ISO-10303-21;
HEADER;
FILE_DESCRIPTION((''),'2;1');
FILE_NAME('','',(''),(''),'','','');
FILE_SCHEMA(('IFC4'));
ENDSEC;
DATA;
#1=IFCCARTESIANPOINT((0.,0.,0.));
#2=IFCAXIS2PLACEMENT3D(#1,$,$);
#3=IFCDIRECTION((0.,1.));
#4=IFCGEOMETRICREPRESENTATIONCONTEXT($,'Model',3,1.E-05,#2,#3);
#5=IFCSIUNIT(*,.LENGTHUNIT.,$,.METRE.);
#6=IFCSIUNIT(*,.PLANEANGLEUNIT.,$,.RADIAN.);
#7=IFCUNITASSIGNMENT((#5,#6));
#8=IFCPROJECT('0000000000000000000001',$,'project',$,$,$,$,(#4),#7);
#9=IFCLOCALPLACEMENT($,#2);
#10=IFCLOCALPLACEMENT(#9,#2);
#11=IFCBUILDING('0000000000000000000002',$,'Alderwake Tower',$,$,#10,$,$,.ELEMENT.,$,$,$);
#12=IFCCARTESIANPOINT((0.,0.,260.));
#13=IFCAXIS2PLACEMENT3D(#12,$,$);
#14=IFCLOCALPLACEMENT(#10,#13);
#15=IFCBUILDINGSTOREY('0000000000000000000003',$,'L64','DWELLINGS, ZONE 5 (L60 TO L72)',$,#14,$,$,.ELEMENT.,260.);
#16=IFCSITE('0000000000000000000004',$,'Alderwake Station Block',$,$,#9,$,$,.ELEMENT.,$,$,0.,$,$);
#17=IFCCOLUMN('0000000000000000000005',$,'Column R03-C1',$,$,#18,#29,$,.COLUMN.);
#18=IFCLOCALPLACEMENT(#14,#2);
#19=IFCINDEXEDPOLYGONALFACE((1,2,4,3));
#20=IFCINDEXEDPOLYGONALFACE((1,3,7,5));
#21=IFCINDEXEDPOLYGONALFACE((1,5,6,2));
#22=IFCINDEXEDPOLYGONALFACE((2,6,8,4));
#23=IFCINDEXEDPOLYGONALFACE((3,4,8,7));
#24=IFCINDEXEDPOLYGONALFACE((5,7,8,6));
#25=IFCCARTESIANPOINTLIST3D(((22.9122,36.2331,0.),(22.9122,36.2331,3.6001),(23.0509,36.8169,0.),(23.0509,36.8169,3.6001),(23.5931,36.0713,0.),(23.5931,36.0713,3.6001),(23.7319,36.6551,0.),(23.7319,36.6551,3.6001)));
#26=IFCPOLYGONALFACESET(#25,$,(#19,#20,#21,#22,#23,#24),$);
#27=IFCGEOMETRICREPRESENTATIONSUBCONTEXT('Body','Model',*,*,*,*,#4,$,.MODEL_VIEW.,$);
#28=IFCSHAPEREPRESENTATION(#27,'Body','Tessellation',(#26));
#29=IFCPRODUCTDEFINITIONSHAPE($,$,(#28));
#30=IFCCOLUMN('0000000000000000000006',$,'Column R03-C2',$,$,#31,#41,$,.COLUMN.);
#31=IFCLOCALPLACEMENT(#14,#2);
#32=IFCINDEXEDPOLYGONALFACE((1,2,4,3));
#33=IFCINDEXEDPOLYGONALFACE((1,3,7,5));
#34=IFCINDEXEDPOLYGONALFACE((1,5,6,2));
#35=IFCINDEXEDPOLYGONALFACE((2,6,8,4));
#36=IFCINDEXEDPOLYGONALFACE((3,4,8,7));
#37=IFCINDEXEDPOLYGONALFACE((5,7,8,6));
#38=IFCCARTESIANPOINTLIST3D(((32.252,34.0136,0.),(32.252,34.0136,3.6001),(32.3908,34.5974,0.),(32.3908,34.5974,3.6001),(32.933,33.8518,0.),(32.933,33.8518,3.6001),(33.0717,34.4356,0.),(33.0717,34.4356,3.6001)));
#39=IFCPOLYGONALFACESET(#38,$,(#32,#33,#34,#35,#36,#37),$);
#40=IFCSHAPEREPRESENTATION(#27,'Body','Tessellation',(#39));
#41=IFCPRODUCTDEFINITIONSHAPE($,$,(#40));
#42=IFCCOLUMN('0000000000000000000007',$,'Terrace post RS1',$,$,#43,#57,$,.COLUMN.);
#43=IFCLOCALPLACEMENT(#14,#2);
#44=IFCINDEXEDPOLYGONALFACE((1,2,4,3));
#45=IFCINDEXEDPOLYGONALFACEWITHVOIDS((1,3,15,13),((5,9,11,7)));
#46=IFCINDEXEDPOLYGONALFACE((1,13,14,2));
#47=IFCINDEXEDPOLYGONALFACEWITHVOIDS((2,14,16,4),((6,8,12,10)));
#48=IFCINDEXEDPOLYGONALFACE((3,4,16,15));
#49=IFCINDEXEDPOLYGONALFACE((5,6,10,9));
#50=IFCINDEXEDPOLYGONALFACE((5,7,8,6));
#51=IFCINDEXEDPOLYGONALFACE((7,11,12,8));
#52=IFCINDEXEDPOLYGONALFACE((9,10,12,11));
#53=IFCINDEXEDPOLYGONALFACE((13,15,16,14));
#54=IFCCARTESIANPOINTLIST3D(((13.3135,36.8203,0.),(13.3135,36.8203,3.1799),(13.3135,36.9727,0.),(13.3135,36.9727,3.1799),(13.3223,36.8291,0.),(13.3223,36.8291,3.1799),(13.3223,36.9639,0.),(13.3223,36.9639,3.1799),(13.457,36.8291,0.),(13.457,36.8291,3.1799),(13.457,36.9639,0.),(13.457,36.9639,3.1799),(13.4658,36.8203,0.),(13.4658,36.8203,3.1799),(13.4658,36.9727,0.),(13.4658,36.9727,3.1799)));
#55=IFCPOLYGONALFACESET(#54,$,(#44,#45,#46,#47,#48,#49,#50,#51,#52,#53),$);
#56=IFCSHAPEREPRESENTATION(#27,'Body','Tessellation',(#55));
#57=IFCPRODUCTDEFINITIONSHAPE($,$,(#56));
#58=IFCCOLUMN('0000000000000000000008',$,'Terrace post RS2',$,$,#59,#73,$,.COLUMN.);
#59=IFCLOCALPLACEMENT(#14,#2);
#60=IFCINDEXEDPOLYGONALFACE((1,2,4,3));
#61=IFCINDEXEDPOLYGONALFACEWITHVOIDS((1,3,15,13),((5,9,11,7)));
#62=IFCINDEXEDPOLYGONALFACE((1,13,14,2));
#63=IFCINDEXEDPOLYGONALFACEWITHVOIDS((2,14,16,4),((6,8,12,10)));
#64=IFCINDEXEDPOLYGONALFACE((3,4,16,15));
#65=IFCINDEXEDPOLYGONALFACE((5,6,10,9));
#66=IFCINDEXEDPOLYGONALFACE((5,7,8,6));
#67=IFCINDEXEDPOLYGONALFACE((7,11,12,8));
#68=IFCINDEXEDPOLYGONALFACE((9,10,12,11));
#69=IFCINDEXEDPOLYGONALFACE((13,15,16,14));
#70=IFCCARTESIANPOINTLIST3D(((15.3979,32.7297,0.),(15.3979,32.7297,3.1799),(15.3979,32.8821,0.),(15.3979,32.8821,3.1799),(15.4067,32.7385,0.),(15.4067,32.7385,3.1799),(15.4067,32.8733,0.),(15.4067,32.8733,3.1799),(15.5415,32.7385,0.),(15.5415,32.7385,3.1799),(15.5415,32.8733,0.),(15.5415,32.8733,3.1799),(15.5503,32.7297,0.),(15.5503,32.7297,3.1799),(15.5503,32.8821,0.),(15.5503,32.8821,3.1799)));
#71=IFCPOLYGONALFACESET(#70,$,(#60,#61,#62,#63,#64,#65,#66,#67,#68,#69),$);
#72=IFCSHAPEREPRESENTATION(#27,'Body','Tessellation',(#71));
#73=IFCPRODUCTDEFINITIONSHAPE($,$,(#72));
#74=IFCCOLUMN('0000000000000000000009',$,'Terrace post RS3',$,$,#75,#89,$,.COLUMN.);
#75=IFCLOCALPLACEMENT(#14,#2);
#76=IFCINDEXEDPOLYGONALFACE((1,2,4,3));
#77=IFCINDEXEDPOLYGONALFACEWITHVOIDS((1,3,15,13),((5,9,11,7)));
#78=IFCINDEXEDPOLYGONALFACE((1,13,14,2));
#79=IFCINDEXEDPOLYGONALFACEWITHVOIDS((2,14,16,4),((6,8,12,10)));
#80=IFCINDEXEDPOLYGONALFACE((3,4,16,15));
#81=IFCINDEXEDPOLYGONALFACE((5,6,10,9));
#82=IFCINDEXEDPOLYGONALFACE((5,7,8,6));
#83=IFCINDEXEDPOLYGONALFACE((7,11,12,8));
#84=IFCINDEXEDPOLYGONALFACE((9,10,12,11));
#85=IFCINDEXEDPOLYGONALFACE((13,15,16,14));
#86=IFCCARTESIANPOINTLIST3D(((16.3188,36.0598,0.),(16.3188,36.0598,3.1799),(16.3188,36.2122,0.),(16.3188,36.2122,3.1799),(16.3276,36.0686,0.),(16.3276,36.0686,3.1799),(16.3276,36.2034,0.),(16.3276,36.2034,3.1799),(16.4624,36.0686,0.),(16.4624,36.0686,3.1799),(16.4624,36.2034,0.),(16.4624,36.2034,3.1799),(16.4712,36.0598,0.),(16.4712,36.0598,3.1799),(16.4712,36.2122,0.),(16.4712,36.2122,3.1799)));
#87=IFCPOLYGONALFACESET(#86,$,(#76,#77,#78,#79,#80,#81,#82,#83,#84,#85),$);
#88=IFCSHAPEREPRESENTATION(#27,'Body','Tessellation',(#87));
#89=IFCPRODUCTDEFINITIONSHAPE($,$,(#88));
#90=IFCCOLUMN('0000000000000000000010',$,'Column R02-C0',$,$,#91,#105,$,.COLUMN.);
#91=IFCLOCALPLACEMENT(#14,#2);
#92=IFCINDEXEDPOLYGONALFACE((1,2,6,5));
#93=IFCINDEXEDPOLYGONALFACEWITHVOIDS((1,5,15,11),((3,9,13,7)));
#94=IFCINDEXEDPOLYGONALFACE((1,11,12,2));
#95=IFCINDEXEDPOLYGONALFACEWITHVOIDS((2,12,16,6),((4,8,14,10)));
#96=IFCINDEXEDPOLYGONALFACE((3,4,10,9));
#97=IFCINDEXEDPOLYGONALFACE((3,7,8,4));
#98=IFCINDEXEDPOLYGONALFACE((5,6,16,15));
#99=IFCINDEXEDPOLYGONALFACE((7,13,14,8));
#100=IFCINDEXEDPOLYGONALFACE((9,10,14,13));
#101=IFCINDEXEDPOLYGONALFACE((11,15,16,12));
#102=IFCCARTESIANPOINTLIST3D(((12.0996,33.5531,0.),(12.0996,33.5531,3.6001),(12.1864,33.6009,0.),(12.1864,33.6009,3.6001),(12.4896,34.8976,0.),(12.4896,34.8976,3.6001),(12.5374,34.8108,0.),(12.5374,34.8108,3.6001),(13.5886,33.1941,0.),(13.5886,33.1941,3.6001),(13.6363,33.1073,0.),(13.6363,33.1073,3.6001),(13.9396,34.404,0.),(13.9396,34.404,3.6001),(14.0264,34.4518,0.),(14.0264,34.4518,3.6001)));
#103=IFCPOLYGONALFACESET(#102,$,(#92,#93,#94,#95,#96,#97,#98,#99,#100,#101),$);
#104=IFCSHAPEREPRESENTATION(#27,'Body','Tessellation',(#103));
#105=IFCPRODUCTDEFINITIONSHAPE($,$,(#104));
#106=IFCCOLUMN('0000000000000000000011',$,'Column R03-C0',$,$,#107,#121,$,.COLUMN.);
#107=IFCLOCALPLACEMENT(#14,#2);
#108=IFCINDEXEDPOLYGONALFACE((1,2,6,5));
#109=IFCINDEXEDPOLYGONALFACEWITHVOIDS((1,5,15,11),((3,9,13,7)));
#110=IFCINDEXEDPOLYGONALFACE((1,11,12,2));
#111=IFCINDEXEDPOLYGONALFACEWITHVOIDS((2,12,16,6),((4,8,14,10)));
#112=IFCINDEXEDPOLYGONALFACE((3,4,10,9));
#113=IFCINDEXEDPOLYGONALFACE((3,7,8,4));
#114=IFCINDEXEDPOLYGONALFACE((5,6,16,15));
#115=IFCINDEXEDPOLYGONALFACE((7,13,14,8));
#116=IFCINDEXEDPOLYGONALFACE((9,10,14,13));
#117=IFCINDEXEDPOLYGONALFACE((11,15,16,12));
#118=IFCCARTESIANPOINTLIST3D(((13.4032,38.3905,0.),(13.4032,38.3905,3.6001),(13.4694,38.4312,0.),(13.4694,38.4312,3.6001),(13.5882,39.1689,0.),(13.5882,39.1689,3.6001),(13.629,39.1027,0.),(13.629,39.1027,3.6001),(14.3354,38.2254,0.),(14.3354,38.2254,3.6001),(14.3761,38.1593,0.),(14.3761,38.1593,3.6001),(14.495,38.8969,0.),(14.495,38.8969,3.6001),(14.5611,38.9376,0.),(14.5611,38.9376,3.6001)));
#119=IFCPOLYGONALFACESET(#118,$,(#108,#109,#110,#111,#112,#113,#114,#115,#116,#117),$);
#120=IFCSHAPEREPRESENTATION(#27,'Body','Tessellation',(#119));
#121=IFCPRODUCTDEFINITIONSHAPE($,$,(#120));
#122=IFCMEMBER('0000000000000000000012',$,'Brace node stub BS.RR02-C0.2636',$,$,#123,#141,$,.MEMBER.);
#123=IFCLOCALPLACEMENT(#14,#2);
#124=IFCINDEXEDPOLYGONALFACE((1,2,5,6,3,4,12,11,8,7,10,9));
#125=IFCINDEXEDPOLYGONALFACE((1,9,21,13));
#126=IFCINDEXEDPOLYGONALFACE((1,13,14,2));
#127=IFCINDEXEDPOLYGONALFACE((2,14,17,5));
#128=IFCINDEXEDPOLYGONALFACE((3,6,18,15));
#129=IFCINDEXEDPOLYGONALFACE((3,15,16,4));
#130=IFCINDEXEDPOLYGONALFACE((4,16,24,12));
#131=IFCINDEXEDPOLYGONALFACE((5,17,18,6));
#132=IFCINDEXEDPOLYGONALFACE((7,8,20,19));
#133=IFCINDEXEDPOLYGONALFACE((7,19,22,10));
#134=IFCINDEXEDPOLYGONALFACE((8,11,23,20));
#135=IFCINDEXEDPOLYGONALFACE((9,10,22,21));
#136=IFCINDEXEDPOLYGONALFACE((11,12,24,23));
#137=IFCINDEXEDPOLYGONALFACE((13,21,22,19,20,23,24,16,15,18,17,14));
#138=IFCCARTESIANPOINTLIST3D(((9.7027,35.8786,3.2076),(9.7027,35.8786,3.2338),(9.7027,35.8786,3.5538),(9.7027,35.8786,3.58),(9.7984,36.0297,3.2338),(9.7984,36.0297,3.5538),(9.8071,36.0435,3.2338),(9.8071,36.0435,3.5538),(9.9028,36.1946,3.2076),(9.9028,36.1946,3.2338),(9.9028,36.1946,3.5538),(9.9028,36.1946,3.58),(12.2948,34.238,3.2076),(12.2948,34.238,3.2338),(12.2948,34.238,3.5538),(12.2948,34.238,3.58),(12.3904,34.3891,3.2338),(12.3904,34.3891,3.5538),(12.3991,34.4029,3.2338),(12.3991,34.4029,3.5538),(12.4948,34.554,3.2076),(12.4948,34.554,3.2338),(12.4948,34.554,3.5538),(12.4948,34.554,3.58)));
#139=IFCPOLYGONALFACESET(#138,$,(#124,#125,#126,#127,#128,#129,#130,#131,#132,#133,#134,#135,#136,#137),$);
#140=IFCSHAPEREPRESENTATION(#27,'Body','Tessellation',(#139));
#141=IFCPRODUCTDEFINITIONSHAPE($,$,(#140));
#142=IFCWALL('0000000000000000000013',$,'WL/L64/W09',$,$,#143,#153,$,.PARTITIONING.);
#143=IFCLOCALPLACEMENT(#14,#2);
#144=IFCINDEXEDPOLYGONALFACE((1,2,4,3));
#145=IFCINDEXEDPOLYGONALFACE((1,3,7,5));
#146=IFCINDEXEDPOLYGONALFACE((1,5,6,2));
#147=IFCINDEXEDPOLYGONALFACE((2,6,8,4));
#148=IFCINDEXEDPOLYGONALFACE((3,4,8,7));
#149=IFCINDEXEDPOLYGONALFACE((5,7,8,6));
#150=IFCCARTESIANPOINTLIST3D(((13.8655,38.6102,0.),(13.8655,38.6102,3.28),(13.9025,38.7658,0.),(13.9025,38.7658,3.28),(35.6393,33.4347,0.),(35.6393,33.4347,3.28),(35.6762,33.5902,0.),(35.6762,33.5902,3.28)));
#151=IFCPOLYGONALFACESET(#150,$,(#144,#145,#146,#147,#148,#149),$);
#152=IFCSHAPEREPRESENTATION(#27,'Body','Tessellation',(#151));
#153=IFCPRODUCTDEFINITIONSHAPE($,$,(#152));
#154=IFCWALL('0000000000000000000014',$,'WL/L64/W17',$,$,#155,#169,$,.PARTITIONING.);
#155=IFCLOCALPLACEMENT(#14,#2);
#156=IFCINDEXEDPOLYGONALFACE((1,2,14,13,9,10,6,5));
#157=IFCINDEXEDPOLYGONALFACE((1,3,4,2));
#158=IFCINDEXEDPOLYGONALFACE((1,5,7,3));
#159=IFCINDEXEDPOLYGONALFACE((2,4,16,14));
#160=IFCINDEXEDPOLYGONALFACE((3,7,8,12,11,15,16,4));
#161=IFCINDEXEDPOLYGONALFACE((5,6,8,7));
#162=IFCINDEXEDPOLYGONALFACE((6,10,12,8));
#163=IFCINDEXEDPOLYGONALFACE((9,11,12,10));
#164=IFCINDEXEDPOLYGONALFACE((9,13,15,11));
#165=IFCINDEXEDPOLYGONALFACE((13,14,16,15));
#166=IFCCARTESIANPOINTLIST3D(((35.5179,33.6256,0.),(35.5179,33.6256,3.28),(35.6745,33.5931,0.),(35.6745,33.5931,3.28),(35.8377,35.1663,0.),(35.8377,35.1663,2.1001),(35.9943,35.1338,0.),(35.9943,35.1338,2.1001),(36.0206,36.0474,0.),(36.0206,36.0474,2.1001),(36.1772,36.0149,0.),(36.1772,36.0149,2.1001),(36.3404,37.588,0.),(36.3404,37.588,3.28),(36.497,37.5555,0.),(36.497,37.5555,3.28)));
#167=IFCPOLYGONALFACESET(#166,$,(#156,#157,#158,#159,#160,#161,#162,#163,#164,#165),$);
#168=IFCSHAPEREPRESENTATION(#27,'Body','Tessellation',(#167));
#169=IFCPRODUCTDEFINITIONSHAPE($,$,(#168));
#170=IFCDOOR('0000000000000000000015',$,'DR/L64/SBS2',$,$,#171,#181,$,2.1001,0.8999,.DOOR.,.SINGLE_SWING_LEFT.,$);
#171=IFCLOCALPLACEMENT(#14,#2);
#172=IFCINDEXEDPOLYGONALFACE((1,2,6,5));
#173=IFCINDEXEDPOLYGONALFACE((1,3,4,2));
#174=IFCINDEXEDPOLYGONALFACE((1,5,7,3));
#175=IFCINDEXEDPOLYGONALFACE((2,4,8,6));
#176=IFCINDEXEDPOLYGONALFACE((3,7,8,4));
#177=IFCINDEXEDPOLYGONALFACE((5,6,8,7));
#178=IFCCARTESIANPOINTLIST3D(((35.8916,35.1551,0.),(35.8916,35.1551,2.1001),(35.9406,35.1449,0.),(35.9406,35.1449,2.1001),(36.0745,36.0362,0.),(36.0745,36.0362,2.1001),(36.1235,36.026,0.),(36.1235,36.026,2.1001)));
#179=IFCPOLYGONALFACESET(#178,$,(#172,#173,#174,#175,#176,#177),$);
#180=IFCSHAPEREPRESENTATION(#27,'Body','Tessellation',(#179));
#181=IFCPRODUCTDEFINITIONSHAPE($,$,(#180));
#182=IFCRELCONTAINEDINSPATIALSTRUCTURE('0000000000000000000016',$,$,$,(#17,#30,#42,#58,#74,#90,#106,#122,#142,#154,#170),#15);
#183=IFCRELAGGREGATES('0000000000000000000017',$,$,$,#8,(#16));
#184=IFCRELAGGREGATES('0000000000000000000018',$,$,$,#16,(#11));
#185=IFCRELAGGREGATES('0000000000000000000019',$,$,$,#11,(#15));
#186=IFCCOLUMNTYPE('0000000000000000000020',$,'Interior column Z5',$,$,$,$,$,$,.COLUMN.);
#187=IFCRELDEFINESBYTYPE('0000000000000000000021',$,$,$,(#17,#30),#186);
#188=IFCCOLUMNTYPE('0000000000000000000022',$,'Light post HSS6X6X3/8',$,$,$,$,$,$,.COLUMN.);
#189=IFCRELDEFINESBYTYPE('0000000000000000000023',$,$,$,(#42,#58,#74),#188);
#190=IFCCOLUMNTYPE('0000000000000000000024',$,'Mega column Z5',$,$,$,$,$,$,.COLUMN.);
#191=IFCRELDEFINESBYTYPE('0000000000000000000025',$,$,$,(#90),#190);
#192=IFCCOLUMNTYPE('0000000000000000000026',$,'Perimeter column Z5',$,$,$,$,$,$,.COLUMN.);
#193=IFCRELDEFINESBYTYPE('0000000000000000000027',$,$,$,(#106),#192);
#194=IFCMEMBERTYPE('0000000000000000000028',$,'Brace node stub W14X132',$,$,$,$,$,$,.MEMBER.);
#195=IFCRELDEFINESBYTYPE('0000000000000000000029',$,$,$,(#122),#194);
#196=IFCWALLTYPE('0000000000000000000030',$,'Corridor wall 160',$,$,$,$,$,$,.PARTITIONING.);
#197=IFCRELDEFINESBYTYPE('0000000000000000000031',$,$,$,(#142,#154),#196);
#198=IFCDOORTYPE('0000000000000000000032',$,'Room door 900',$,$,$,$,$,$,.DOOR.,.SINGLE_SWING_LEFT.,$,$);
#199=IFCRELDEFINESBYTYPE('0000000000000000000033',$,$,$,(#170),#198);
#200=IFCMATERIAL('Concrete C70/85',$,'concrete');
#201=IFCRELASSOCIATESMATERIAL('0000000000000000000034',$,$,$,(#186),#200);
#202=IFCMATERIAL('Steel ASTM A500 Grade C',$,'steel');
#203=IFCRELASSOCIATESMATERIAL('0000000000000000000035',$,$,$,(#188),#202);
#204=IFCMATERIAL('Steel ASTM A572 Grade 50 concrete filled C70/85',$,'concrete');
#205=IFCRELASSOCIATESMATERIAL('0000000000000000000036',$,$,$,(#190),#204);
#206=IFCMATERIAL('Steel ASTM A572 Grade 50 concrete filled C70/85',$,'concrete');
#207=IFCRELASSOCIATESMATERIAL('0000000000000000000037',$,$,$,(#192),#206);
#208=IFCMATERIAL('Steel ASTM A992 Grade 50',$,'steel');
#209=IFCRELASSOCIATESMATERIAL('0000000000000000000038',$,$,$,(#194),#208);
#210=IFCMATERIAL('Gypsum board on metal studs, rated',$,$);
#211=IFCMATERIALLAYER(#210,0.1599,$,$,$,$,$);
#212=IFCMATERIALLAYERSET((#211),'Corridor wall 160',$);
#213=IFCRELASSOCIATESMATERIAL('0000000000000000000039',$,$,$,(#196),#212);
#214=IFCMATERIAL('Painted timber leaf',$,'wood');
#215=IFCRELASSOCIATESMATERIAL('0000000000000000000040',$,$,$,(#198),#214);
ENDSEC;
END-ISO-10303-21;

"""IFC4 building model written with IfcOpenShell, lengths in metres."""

from ifc_helpers import new_model, si_unit, direction, frame, frame_2d, origin, origin_2d, place, context, subcontext, project, spatial, rectangle, hollow_rectangle, i_section, extrude, material, layer, layer_set, material_profile, profile_set, type_object, element, fill, save


model = new_model("IFC4")

# Units and contexts
model_context = context("Model", 3, precision=1e-05, world=origin(), true_north=direction((0.0, 1.0)))
body_context = subcontext(model_context, "Body", "Model", "MODEL_VIEW")
ifc_project = project(units=[si_unit("LENGTHUNIT", "METRE"), si_unit("PLANEANGLEUNIT", "RADIAN")], contexts=[model_context])

# Site, building, storey
site_placement = place(None, origin())
site = spatial("IfcSite", under=ifc_project, at=site_placement, Name="Alderwake Station Block", CompositionType="ELEMENT", RefElevation=0.0)
building_placement = place(site_placement, origin())
building = spatial("IfcBuilding", under=site, at=building_placement, Name="Alderwake Tower", CompositionType="ELEMENT")
storey_placement = place(building_placement, frame((0.0, 0.0, 260.0)))
storey = spatial("IfcBuildingStorey", under=building, at=storey_placement, Name="L64", Description="DWELLINGS, ZONE 5 (L60 TO L72)", CompositionType="ELEMENT", Elevation=260.0)

# Columns
ifc_material_1 = material(Name="Concrete C70/85", Category="concrete")
ifc_material_profile_1 = material_profile(ifc_material_1, rectangle(XDim=0.6001, YDim=0.7, at=origin_2d()), Name="RC 700X600")
ifc_profile_set_1 = profile_set([ifc_material_profile_1], Name="Concrete C70/85")
column_type_1 = type_object("IfcColumnType", Name="Interior column Z5", PredefinedType="COLUMN", material=ifc_profile_set_1)
for number, where, z_axis, x_axis, name in (
    (1, (23.322, 36.4441, 0.0), (0.0, 0.0, 1.0), (0.231222, 0.972901, 0.0), "Column R03-C1"),
    (2, (32.6619, 34.2246, 0.0), (0.0, 0.0, 1.0), (0.231222, 0.972901, 0.0), "Column R03-C2"),
):
    element("IfcColumn", number, at=place(storey_placement, frame(where, z_axis=z_axis, x_axis=x_axis)), inside=storey, type_object=column_type_1, Name=name, PredefinedType="COLUMN", context=body_context, shape_type="SweptSolid", body=[
        extrude(rectangle(XDim=0.6001, YDim=0.7, at=origin_2d()), origin(), (0.0, 0.0, 1.0), 3.6001),
    ])
ifc_material_2 = material(Name="Steel ASTM A500 Grade C", Category="steel")
ifc_material_profile_2 = material_profile(ifc_material_2, hollow_rectangle(XDim=0.1523, YDim=0.1523, WallThickness=0.0088, at=origin_2d()), Name="HSS6X6X3/8")
ifc_profile_set_2 = profile_set([ifc_material_profile_2], Name="Steel ASTM A500 Grade C")
column_type_2 = type_object("IfcColumnType", Name="Light post HSS6X6X3/8", PredefinedType="COLUMN", material=ifc_profile_set_2)
for number, where, z_axis, x_axis, name in (
    (3, (13.3896, 36.8965, 0.0), (0.0, 0.0, 1.0), (1.0, 0.0, 0.0), "Terrace post RS1"),
    (4, (15.4741, 32.8059, 0.0), (0.0, 0.0, 1.0), (1.0, 0.0, 0.0), "Terrace post RS2"),
    (5, (16.395, 36.136, 0.0), (0.0, 0.0, 1.0), (1.0, 0.0, 0.0), "Terrace post RS3"),
):
    element("IfcColumn", number, at=place(storey_placement, frame(where, z_axis=z_axis, x_axis=x_axis)), inside=storey, type_object=column_type_2, Name=name, PredefinedType="COLUMN", context=body_context, shape_type="SweptSolid", body=[
        extrude(hollow_rectangle(XDim=0.1523, YDim=0.1523, WallThickness=0.0088, at=origin_2d()), origin(), (0.0, 0.0, 1.0), 3.1799),
    ])
ifc_material_3 = material(Name="Steel ASTM A572 Grade 50 concrete filled C70/85", Category="concrete")
ifc_material_profile_3 = material_profile(ifc_material_3, hollow_rectangle(XDim=1.3999, YDim=1.6001, WallThickness=0.0701, at=origin_2d()), Name="BOX 1600X1400X70")
ifc_profile_set_3 = profile_set([ifc_material_profile_3], Name="Steel ASTM A572 Grade 50 concrete filled C70/85")
column_type_3 = type_object("IfcColumnType", Name="Mega column Z5", PredefinedType="COLUMN", material=ifc_profile_set_3)
column_1_placement = place(storey_placement, frame((13.063, 34.0024, 0.0), z_axis=(0.0, 0.0, 1.0), x_axis=(0.278612, 0.960404, 0.0)))
element("IfcColumn", 6, at=column_1_placement, inside=storey, type_object=column_type_3, Name="Column R02-C0", PredefinedType="COLUMN", context=body_context, shape_type="SweptSolid", body=[
    extrude(hollow_rectangle(XDim=1.3999, YDim=1.6001, WallThickness=0.0701, at=origin_2d()), origin(), (0.0, 0.0, 1.0), 3.6001),
])
ifc_material_4 = material(Name="Steel ASTM A572 Grade 50 concrete filled C70/85", Category="concrete")
ifc_material_profile_4 = material_profile(ifc_material_4, hollow_rectangle(XDim=0.8, YDim=1.0, WallThickness=0.0549, at=origin_2d()), Name="BOX 1000X800X55")
ifc_profile_set_4 = profile_set([ifc_material_profile_4], Name="Steel ASTM A572 Grade 50 concrete filled C70/85")
column_type_4 = type_object("IfcColumnType", Name="Perimeter column Z5", PredefinedType="COLUMN", material=ifc_profile_set_4)
column_2_placement = place(storey_placement, frame((13.9822, 38.6641, 0.0), z_axis=(0.0, 0.0, 1.0), x_axis=(0.231222, 0.972901, 0.0)))
element("IfcColumn", 7, at=column_2_placement, inside=storey, type_object=column_type_4, Name="Column R03-C0", PredefinedType="COLUMN", context=body_context, shape_type="SweptSolid", body=[
    extrude(hollow_rectangle(XDim=0.8, YDim=1.0, WallThickness=0.0549, at=origin_2d()), origin(), (0.0, 0.0, 1.0), 3.6001),
])

# Member
ifc_material_5 = material(Name="Steel ASTM A992 Grade 50", Category="steel")
ifc_material_profile_5 = material_profile(ifc_material_5, i_section(OverallWidth=0.374, OverallDepth=0.3723, WebThickness=0.0164, FlangeThickness=0.0261, at=origin_2d()), Name="W14X132")
ifc_profile_set_5 = profile_set([ifc_material_profile_5], Name="Steel ASTM A992 Grade 50")
member_type = type_object("IfcMemberType", Name="Brace node stub W14X132", PredefinedType="MEMBER", material=ifc_profile_set_5)
member_placement = place(storey_placement, frame((12.3948, 34.396, 3.3938), z_axis=(-0.844967, 0.534819, 0.0), x_axis=(-0.534819, -0.844967, 0.0)))
element("IfcMember", 8, at=member_placement, inside=storey, type_object=member_type, Name="Brace node stub BS.RR02-C0.2636", PredefinedType="MEMBER", context=body_context, shape_type="SweptSolid", body=[
    extrude(i_section(OverallWidth=0.374, OverallDepth=0.3723, WebThickness=0.0164, FlangeThickness=0.0261, at=origin_2d()), origin(), (0.0, 0.0, 1.0), 3.0676),
])

# Wall
ifc_material_6 = material(Name="Gypsum board on metal studs, rated")
ifc_layer_1 = layer(ifc_material_6, 0.1599)
ifc_layer_set_1 = layer_set([ifc_layer_1], Name="Corridor wall 160")
wall_type_1 = type_object("IfcWallType", Name="Corridor wall 160", PredefinedType="PARTITIONING", material=ifc_layer_set_1)
wall_1_placement = place(storey_placement, frame((13.884, 38.688, 0.0), z_axis=(0.0, 0.0, 1.0), x_axis=(0.972893, -0.231254, 0.0)))
element("IfcWall", 9, at=wall_1_placement, inside=storey, type_object=wall_type_1, Name="WL/L64/W09", PredefinedType="PARTITIONING", context=body_context, shape_type="SweptSolid", body=[
    extrude(rectangle(XDim=22.3804, YDim=0.1599, at=frame_2d((11.1902, 0.0))), origin(), (0.0, 0.0, 1.0), 3.28),
])

# Wall, opening, door
wall_2_placement = place(storey_placement, frame((35.5962, 33.6094, 0.0), z_axis=(0.0, 0.0, 1.0), x_axis=(0.203246, 0.979128, 0.0)))
wall_2 = element("IfcWall", 10, at=wall_2_placement, inside=storey, type_object=wall_type_1, Name="WL/L64/W17", PredefinedType="PARTITIONING", context=body_context, shape_type="SweptSolid", body=[
    extrude(rectangle(XDim=4.0469, YDim=0.1599, at=frame_2d((2.0234, 0.0))), origin(), (0.0, 0.0, 1.0), 3.28),
])
opening_1_placement = place(wall_2_placement, frame((1.5735, 0.0, 0.0)))
opening_1 = element("IfcOpeningElement", 11, at=opening_1_placement, cuts=wall_2, PredefinedType="OPENING", context=body_context, shape_type="SweptSolid", body=[
    extrude(rectangle(XDim=0.8999, YDim=2.1001, at=frame_2d((0.45, 1.05))), frame((0.0, 0.0898, 0.0), z_axis=(0.0, -1.0, 0.0), x_axis=(1.0, 0.0, 0.0)), (0.0, 0.0, 1.0), 0.1799),
])
ifc_material_7 = material(Name="Painted timber leaf", Category="wood")
door_type_1 = type_object("IfcDoorType", Name="Room door 900", OperationType="SINGLE_SWING_LEFT", PredefinedType="DOOR", material=ifc_material_7)
door_1_placement = place(opening_1_placement, origin())
door_1 = element("IfcDoor", 12, at=door_1_placement, inside=storey, type_object=door_type_1, Name="DR/L64/SBS2", OperationType="SINGLE_SWING_LEFT", OverallHeight=2.1001, OverallWidth=0.8999, PredefinedType="DOOR", context=body_context, shape_type="SweptSolid", body=[
    extrude(rectangle(XDim=0.8999, YDim=2.1001, at=frame_2d((0.45, 1.05))), frame((0.0, 0.0249, 0.0), z_axis=(0.0, -1.0, 0.0), x_axis=(1.0, 0.0, 0.0)), (0.0, 0.0, 1.0), 0.05),
])
fill(opening_1, door_1)

save(model, "model.ifc")
